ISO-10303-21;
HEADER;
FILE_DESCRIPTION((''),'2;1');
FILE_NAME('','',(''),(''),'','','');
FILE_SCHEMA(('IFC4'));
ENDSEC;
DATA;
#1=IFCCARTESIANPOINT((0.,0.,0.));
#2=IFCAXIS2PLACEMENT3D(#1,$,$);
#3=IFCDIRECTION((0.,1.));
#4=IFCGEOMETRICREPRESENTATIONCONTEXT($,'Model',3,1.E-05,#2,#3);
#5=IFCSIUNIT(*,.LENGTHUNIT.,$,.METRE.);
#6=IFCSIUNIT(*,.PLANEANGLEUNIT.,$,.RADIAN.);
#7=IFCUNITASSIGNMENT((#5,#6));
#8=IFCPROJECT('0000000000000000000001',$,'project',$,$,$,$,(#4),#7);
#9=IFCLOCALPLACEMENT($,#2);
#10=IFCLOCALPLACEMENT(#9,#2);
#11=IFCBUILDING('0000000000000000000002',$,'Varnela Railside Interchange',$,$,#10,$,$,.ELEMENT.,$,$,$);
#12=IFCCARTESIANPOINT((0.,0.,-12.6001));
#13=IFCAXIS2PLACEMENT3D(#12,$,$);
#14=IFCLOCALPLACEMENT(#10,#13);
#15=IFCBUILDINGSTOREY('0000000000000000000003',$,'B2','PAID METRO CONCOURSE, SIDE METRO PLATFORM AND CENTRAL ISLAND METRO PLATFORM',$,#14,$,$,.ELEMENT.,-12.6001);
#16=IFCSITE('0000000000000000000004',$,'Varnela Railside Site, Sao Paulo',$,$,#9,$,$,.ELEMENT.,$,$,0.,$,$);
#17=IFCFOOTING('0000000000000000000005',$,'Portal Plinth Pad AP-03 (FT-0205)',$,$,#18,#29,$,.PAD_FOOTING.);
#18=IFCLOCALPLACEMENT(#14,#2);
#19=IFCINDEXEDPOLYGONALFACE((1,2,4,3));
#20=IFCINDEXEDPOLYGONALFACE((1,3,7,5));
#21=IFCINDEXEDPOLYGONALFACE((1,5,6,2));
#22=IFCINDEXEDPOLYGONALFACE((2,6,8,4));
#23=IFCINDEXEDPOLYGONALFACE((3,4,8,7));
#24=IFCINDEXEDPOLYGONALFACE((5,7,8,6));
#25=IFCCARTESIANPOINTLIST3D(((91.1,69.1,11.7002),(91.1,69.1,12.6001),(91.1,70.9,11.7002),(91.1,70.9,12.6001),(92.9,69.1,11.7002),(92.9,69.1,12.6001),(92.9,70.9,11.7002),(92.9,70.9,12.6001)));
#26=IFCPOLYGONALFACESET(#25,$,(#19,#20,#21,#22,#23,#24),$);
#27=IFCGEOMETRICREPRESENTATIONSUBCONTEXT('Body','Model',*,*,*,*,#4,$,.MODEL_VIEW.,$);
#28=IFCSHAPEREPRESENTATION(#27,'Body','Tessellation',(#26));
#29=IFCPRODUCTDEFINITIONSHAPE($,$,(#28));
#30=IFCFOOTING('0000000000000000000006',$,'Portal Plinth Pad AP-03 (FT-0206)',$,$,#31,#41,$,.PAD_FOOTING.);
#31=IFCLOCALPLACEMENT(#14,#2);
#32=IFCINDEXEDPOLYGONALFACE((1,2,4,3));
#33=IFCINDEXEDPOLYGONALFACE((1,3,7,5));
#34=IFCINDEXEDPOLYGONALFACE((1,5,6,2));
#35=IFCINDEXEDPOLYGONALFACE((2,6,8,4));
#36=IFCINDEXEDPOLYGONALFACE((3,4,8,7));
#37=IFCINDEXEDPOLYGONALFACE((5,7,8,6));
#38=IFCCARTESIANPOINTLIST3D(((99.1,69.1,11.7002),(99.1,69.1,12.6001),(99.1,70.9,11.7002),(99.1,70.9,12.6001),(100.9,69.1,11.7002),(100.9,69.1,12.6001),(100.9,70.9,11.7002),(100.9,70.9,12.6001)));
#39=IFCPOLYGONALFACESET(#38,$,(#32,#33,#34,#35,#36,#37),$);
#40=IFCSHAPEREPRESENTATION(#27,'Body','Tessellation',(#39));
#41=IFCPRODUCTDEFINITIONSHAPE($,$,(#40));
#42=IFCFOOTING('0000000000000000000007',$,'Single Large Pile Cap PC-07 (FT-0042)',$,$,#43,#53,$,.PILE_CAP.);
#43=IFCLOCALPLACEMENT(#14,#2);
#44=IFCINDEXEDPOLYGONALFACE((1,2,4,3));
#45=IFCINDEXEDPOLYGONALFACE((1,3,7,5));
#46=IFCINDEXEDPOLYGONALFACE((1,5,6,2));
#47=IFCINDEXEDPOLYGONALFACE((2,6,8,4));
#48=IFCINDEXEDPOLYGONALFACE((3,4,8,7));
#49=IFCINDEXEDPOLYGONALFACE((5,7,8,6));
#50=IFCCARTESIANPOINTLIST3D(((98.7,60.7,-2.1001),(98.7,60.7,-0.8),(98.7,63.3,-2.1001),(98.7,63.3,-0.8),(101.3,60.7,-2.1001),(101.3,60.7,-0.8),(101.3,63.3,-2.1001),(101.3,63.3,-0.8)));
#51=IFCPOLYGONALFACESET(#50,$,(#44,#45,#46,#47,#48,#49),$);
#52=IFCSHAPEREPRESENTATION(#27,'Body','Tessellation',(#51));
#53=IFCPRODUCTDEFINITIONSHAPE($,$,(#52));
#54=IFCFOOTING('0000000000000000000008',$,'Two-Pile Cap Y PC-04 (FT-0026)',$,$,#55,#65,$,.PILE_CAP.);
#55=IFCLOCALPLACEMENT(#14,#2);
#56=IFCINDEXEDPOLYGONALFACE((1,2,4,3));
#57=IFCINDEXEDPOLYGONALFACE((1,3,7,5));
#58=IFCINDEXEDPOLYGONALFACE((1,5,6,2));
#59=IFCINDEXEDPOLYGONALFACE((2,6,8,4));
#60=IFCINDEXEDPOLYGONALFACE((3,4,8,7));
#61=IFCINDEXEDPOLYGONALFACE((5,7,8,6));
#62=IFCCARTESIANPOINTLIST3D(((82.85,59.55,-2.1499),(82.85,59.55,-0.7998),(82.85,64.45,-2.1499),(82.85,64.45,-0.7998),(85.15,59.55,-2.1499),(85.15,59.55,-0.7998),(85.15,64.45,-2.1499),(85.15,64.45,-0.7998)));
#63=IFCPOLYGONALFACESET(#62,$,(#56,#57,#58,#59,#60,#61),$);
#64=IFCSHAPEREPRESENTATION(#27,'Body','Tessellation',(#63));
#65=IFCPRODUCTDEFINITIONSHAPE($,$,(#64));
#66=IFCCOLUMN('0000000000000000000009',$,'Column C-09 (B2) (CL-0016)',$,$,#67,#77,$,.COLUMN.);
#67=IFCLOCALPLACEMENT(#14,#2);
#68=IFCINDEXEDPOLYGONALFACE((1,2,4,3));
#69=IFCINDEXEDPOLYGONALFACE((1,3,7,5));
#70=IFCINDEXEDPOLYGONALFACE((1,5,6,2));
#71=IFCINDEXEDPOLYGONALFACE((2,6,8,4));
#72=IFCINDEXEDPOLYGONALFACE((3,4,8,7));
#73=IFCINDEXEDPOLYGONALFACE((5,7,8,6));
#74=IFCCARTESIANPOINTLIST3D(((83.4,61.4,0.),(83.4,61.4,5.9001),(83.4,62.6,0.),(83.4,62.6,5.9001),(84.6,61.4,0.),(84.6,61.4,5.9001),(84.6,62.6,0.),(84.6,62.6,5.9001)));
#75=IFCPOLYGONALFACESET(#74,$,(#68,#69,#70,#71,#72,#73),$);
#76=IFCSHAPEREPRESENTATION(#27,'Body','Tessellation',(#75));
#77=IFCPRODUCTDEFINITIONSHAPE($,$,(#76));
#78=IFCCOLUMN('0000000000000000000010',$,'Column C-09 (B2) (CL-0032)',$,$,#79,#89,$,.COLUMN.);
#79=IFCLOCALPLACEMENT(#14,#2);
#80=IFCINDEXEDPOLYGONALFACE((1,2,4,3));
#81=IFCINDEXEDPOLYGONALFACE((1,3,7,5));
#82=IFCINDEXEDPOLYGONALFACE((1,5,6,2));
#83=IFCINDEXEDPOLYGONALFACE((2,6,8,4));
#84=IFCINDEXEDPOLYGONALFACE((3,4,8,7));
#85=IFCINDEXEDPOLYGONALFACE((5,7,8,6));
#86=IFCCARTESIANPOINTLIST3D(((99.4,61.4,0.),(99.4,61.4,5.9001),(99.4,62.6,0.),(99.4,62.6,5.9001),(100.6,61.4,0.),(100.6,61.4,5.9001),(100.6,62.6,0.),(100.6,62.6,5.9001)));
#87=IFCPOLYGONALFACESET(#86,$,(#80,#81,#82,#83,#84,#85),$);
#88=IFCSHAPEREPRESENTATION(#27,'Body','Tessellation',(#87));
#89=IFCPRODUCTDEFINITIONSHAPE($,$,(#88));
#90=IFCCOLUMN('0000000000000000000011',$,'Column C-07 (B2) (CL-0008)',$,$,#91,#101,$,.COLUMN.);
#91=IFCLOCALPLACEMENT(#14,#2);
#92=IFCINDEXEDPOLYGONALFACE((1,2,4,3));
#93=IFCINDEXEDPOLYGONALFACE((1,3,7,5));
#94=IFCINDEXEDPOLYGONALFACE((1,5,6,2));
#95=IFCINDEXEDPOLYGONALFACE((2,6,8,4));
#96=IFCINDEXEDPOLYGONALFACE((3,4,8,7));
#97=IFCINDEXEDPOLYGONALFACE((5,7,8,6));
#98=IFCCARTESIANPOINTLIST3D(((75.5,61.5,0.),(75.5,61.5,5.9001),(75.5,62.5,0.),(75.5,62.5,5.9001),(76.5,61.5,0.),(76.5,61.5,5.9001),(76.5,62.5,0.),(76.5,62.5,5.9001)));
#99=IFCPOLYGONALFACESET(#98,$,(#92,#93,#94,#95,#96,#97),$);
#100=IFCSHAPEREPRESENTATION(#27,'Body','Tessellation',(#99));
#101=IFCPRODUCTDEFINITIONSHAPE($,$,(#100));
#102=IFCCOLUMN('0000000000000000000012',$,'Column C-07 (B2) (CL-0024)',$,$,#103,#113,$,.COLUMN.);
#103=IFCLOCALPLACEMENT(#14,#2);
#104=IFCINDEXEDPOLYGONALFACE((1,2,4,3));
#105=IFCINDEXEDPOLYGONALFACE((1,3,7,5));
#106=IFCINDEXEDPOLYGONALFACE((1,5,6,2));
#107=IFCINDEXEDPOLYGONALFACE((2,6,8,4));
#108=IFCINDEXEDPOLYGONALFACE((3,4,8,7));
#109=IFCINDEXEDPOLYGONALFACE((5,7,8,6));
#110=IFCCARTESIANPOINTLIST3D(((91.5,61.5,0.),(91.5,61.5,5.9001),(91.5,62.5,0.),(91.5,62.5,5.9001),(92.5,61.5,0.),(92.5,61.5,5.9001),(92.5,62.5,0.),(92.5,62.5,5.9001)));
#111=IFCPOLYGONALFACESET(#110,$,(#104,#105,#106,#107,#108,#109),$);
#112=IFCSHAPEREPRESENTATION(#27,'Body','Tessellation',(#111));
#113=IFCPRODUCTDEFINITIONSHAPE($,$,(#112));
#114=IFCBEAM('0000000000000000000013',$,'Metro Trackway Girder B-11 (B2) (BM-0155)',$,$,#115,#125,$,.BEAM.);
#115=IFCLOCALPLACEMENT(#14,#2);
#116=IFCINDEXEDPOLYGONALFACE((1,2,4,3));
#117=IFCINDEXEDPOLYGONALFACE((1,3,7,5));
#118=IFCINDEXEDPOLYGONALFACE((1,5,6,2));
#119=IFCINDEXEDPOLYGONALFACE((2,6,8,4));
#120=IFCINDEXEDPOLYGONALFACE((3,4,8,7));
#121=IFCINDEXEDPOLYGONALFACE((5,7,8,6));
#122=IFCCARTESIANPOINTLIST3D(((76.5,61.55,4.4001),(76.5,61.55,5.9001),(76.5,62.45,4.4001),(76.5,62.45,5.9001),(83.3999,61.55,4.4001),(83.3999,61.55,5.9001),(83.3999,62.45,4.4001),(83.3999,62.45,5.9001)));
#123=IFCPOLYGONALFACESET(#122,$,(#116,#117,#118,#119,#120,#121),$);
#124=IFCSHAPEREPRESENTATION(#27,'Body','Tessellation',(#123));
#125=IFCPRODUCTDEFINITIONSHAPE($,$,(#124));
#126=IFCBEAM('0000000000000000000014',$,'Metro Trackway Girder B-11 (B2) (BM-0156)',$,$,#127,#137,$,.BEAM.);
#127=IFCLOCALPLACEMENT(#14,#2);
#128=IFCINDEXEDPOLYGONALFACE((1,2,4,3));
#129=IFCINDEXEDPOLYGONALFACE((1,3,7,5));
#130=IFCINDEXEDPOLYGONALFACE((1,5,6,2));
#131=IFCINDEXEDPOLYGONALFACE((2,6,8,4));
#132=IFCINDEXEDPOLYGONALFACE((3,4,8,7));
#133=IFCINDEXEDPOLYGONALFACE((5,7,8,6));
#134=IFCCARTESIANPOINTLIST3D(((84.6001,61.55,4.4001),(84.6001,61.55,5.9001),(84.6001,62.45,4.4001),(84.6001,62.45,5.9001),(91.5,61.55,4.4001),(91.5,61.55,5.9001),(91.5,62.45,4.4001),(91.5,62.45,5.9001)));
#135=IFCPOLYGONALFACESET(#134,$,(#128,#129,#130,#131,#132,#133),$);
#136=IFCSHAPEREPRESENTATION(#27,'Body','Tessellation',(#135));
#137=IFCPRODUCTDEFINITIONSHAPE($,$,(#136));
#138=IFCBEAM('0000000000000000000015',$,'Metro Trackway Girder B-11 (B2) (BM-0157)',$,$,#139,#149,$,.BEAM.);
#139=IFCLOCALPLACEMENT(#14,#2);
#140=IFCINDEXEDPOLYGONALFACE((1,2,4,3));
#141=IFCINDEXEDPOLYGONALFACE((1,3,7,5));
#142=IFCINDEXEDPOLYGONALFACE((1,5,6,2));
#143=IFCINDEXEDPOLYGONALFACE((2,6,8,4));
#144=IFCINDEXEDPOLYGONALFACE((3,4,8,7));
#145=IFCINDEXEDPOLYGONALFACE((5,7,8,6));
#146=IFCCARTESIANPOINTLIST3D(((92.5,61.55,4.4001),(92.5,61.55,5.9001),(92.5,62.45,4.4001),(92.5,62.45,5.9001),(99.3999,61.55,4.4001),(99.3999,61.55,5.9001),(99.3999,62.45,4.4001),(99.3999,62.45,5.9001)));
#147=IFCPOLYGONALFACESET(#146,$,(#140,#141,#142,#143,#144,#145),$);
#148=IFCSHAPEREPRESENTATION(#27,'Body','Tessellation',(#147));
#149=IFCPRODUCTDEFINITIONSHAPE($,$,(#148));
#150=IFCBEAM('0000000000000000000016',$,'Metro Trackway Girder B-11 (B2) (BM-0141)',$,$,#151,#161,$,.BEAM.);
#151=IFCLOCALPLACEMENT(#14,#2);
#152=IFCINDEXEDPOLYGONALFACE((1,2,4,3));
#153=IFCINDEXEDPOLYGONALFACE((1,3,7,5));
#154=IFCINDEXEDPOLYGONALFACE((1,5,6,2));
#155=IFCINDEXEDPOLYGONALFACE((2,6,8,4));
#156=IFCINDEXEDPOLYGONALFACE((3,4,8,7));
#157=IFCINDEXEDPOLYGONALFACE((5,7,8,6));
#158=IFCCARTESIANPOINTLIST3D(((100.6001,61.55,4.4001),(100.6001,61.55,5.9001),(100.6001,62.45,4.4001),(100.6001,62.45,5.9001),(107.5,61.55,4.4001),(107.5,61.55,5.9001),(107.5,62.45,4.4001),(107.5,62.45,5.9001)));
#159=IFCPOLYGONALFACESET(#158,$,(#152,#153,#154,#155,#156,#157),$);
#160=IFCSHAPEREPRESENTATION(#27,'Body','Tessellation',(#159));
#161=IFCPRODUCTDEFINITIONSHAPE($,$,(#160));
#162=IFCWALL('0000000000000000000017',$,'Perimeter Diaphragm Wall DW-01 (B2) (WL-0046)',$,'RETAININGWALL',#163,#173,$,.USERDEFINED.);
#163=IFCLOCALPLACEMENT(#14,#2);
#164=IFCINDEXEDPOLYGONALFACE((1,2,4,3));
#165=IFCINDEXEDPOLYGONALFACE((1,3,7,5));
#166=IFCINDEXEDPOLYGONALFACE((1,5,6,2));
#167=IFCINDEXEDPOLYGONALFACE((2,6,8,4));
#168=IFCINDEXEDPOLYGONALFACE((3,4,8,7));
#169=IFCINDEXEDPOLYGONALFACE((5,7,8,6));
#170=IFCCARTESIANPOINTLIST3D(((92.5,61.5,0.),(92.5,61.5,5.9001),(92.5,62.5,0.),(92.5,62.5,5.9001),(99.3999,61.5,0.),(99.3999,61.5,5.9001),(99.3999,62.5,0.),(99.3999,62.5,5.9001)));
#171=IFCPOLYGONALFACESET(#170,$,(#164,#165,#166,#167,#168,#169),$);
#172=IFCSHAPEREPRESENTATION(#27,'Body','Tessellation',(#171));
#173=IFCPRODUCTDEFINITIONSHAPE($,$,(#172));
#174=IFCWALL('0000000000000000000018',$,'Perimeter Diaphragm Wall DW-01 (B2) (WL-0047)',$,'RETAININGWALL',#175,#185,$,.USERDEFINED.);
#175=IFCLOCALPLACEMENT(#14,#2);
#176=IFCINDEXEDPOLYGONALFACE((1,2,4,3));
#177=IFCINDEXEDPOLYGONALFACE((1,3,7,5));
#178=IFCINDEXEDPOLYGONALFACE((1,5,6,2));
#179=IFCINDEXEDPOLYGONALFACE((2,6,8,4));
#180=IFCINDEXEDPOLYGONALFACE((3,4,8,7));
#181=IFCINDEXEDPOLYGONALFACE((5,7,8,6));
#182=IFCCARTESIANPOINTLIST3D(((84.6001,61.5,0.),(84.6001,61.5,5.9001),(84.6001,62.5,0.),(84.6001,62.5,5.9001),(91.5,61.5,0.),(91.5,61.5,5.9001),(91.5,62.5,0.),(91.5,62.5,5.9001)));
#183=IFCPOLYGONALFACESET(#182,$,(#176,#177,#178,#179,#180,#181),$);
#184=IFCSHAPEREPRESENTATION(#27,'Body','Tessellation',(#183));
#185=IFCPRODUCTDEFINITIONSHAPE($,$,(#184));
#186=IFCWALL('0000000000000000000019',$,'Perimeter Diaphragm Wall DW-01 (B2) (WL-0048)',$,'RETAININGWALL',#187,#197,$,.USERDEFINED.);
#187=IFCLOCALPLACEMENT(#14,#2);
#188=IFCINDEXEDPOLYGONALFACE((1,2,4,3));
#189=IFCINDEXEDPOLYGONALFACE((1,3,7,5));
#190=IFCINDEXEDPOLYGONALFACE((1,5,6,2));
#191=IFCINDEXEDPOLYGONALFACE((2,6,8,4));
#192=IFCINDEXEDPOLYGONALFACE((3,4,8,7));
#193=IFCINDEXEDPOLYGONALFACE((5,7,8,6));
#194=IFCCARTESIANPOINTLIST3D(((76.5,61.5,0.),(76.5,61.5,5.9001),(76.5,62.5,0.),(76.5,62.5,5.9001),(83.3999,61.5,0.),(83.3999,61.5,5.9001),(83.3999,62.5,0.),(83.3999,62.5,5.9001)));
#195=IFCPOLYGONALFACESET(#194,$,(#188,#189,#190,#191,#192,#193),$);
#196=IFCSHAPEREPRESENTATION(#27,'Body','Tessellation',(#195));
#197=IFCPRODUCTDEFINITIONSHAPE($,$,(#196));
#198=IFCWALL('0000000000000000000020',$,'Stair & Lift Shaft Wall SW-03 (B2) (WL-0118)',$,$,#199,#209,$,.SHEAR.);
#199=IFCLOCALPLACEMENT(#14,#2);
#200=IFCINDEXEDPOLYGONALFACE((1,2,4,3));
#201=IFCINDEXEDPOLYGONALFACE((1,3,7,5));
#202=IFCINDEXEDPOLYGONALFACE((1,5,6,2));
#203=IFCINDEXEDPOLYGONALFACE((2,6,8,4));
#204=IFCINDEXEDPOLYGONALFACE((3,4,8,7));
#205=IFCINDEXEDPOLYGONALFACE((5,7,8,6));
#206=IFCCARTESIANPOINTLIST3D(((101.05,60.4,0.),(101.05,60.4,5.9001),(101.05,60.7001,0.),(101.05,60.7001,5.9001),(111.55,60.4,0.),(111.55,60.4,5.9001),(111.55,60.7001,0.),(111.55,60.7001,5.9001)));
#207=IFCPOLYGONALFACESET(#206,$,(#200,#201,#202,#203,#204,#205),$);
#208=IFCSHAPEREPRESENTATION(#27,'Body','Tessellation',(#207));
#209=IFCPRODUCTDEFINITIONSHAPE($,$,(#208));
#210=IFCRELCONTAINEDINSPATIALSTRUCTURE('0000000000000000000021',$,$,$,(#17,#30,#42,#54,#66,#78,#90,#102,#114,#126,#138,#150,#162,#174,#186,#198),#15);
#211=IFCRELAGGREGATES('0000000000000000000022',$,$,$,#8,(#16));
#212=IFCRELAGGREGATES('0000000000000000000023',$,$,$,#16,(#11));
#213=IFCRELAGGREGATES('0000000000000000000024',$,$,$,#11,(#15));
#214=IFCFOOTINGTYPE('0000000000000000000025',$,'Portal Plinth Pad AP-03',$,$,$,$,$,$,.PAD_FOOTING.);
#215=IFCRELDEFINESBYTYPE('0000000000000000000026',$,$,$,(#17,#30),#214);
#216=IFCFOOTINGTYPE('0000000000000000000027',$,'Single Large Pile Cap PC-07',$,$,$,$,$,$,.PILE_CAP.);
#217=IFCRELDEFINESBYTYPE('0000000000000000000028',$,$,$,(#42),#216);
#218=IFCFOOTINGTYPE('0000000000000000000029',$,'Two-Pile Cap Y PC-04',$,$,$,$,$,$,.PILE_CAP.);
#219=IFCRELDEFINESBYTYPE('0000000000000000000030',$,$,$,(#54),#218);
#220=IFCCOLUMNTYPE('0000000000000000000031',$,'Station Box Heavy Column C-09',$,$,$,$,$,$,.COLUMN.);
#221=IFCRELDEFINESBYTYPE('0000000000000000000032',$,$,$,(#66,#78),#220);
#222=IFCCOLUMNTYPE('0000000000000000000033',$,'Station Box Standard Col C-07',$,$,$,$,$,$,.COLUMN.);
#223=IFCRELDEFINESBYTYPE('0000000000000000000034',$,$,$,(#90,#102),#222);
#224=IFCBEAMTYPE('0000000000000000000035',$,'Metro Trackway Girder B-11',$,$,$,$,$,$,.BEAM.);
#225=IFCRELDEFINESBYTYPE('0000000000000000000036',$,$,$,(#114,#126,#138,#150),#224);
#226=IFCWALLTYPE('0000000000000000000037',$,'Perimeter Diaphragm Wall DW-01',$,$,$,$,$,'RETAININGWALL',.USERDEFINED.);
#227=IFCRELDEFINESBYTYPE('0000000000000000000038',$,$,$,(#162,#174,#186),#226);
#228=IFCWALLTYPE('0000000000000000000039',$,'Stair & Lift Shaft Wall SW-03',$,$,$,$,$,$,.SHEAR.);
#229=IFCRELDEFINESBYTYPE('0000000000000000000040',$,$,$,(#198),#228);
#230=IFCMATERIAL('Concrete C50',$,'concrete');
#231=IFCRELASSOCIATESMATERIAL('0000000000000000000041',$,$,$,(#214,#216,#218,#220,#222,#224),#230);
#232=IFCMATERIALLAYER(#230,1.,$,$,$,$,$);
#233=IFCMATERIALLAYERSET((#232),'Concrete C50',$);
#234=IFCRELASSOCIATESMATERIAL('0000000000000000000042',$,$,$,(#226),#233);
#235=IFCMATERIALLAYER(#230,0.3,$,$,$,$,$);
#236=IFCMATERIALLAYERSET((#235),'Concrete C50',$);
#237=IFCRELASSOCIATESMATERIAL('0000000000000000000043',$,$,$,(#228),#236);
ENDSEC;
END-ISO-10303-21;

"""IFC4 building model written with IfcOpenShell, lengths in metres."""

from ifc_helpers import new_model, si_unit, direction, frame, frame_2d, origin, origin_2d, place, context, subcontext, project, spatial, rectangle, extrude, material, layer, layer_set, material_profile, profile_set, type_object, element, save


model = new_model("IFC4")

# Units and contexts
model_context = context("Model", 3, precision=1e-05, world=origin(), true_north=direction((0.0, 1.0)))
body_context = subcontext(model_context, "Body", "Model", "MODEL_VIEW")
ifc_project = project(units=[si_unit("LENGTHUNIT", "METRE"), si_unit("PLANEANGLEUNIT", "RADIAN")], contexts=[model_context])

# Site, building, storey
site_placement = place(None, origin())
site = spatial("IfcSite", under=ifc_project, at=site_placement, Name="Varnela Railside Site, Sao Paulo", CompositionType="ELEMENT", RefElevation=0.0)
building_placement = place(site_placement, origin())
building = spatial("IfcBuilding", under=site, at=building_placement, Name="Varnela Railside Interchange", CompositionType="ELEMENT")
storey_placement = place(building_placement, frame((0.0, 0.0, -12.6001)))
storey = spatial("IfcBuildingStorey", under=building, at=storey_placement, Name="B2", Description="PAID METRO CONCOURSE, SIDE METRO PLATFORM AND CENTRAL ISLAND METRO PLATFORM", CompositionType="ELEMENT", Elevation=-12.6001)

# Footings
ifc_material_1 = material(Name="Concrete C50", Category="concrete")
footing_type_1 = type_object("IfcFootingType", Name="Portal Plinth Pad AP-03", PredefinedType="PAD_FOOTING", material=ifc_material_1)
for number, where, z_axis, x_axis, name in (
    (1, (92.0, 70.0, 11.7002), (0.0, 0.0, 1.0), (1.0, 0.0, 0.0), "Portal Plinth Pad AP-03 (FT-0205)"),
    (2, (100.0, 70.0, 11.7002), (0.0, 0.0, 1.0), (1.0, 0.0, 0.0), "Portal Plinth Pad AP-03 (FT-0206)"),
):
    element("IfcFooting", number, at=place(storey_placement, frame(where, z_axis=z_axis, x_axis=x_axis)), inside=storey, type_object=footing_type_1, Name=name, PredefinedType="PAD_FOOTING", context=body_context, shape_type="SweptSolid", body=[
        extrude(rectangle(XDim=1.8, YDim=1.8, at=origin_2d()), origin(), (0.0, 0.0, 1.0), 0.8999),
    ])
footing_type_2 = type_object("IfcFootingType", Name="Single Large Pile Cap PC-07", PredefinedType="PILE_CAP", material=ifc_material_1)
footing_1_placement = place(storey_placement, frame((100.0, 62.0, -2.1001), z_axis=(0.0, 0.0, 1.0), x_axis=(1.0, 0.0, 0.0)))
element("IfcFooting", 3, at=footing_1_placement, inside=storey, type_object=footing_type_2, Name="Single Large Pile Cap PC-07 (FT-0042)", PredefinedType="PILE_CAP", context=body_context, shape_type="SweptSolid", body=[
    extrude(rectangle(XDim=2.6001, YDim=2.6001, at=origin_2d()), origin(), (0.0, 0.0, 1.0), 1.3),
])
footing_type_3 = type_object("IfcFootingType", Name="Two-Pile Cap Y PC-04", PredefinedType="PILE_CAP", material=ifc_material_1)
footing_2_placement = place(storey_placement, frame((84.0, 62.0, -2.1499), z_axis=(0.0, 0.0, 1.0), x_axis=(1.0, 0.0, 0.0)))
element("IfcFooting", 4, at=footing_2_placement, inside=storey, type_object=footing_type_3, Name="Two-Pile Cap Y PC-04 (FT-0026)", PredefinedType="PILE_CAP", context=body_context, shape_type="SweptSolid", body=[
    extrude(rectangle(XDim=2.3, YDim=4.8999, at=origin_2d()), origin(), (0.0, 0.0, 1.0), 1.3501),
])

# Columns
ifc_material_profile_1 = material_profile(ifc_material_1, rectangle(XDim=1.2, YDim=1.2, at=origin_2d()), Name="RC 1200x1200")
ifc_profile_set_1 = profile_set([ifc_material_profile_1], Name="Concrete C50")
column_type_1 = type_object("IfcColumnType", Name="Station Box Heavy Column C-09", PredefinedType="COLUMN", material=ifc_profile_set_1)
for number, where, z_axis, x_axis, name in (
    (5, (84.0, 62.0, 0.0), (0.0, 0.0, 1.0), (1.0, 0.0, 0.0), "Column C-09 (B2) (CL-0016)"),
    (6, (100.0, 62.0, 0.0), (0.0, 0.0, 1.0), (1.0, 0.0, 0.0), "Column C-09 (B2) (CL-0032)"),
):
    element("IfcColumn", number, at=place(storey_placement, frame(where, z_axis=z_axis, x_axis=x_axis)), inside=storey, type_object=column_type_1, Name=name, PredefinedType="COLUMN", context=body_context, shape_type="SweptSolid", body=[
        extrude(rectangle(XDim=1.2, YDim=1.2, at=origin_2d()), origin(), (0.0, 0.0, 1.0), 5.9001),
    ])
ifc_material_profile_2 = material_profile(ifc_material_1, rectangle(XDim=1.0, YDim=1.0, at=origin_2d()), Name="RC 1000x1000")
ifc_profile_set_2 = profile_set([ifc_material_profile_2], Name="Concrete C50")
column_type_2 = type_object("IfcColumnType", Name="Station Box Standard Col C-07", PredefinedType="COLUMN", material=ifc_profile_set_2)
for number, where, z_axis, x_axis, name in (
    (7, (76.0, 62.0, 0.0), (0.0, 0.0, 1.0), (1.0, 0.0, 0.0), "Column C-07 (B2) (CL-0008)"),
    (8, (92.0, 62.0, 0.0), (0.0, 0.0, 1.0), (1.0, 0.0, 0.0), "Column C-07 (B2) (CL-0024)"),
):
    element("IfcColumn", number, at=place(storey_placement, frame(where, z_axis=z_axis, x_axis=x_axis)), inside=storey, type_object=column_type_2, Name=name, PredefinedType="COLUMN", context=body_context, shape_type="SweptSolid", body=[
        extrude(rectangle(XDim=1.0, YDim=1.0, at=origin_2d()), origin(), (0.0, 0.0, 1.0), 5.9001),
    ])

# Beams
ifc_material_profile_3 = material_profile(ifc_material_1, rectangle(XDim=0.8999, YDim=1.5, at=origin_2d()), Name="RC 900x1500")
ifc_profile_set_3 = profile_set([ifc_material_profile_3], Name="Concrete C50")
beam_type = type_object("IfcBeamType", Name="Metro Trackway Girder B-11", PredefinedType="BEAM", material=ifc_profile_set_3)
for number, where, z_axis, x_axis, name in (
    (9, (76.5, 62.0, 5.1501), (1.0, 0.0, 0.0), (0.0, 1.0, 0.0), "Metro Trackway Girder B-11 (B2) (BM-0155)"),
    (10, (84.6001, 62.0, 5.1501), (1.0, 0.0, 0.0), (0.0, 1.0, 0.0), "Metro Trackway Girder B-11 (B2) (BM-0156)"),
    (11, (92.5, 62.0, 5.1501), (1.0, 0.0, 0.0), (0.0, 1.0, 0.0), "Metro Trackway Girder B-11 (B2) (BM-0157)"),
    (12, (100.6001, 62.0, 5.1501), (1.0, 0.0, 0.0), (0.0, 1.0, 0.0), "Metro Trackway Girder B-11 (B2) (BM-0141)"),
):
    element("IfcBeam", number, at=place(storey_placement, frame(where, z_axis=z_axis, x_axis=x_axis)), inside=storey, type_object=beam_type, Name=name, PredefinedType="BEAM", context=body_context, shape_type="SweptSolid", body=[
        extrude(rectangle(XDim=0.8999, YDim=1.5, at=origin_2d()), origin(), (0.0, 0.0, 1.0), 6.8999),
    ])

# Walls
ifc_layer_1 = layer(ifc_material_1, 1.0)
ifc_layer_set_1 = layer_set([ifc_layer_1], Name="Concrete C50")
wall_type_1 = type_object("IfcWallType", Name="Perimeter Diaphragm Wall DW-01", ElementType="RETAININGWALL", PredefinedType="USERDEFINED", material=ifc_layer_set_1)
for number, where, z_axis, x_axis, name in (
    (13, (99.3999, 62.0, 0.0), (0.0, 0.0, 1.0), (-1.0, 0.0, 0.0), "Perimeter Diaphragm Wall DW-01 (B2) (WL-0046)"),
    (14, (91.5, 62.0, 0.0), (0.0, 0.0, 1.0), (-1.0, 0.0, 0.0), "Perimeter Diaphragm Wall DW-01 (B2) (WL-0047)"),
    (15, (83.3999, 62.0, 0.0), (0.0, 0.0, 1.0), (-1.0, 0.0, 0.0), "Perimeter Diaphragm Wall DW-01 (B2) (WL-0048)"),
):
    element("IfcWall", number, at=place(storey_placement, frame(where, z_axis=z_axis, x_axis=x_axis)), inside=storey, type_object=wall_type_1, Name=name, ObjectType="RETAININGWALL", PredefinedType="USERDEFINED", context=body_context, shape_type="SweptSolid", body=[
        extrude(rectangle(XDim=6.8999, YDim=1.0, at=frame_2d((3.45, 0.0))), origin(), (0.0, 0.0, 1.0), 5.9001),
    ])
ifc_layer_2 = layer(ifc_material_1, 0.3)
ifc_layer_set_2 = layer_set([ifc_layer_2], Name="Concrete C50")
wall_type_2 = type_object("IfcWallType", Name="Stair & Lift Shaft Wall SW-03", PredefinedType="SHEAR", material=ifc_layer_set_2)
wall_placement = place(storey_placement, frame((101.05, 60.55, 0.0), z_axis=(0.0, 0.0, 1.0), x_axis=(1.0, 0.0, 0.0)))
element("IfcWall", 16, at=wall_placement, inside=storey, type_object=wall_type_2, Name="Stair & Lift Shaft Wall SW-03 (B2) (WL-0118)", PredefinedType="SHEAR", context=body_context, shape_type="SweptSolid", body=[
    extrude(rectangle(XDim=10.5, YDim=0.3, at=frame_2d((5.25, 0.0))), origin(), (0.0, 0.0, 1.0), 5.9001),
])

save(model, "model.ifc")
